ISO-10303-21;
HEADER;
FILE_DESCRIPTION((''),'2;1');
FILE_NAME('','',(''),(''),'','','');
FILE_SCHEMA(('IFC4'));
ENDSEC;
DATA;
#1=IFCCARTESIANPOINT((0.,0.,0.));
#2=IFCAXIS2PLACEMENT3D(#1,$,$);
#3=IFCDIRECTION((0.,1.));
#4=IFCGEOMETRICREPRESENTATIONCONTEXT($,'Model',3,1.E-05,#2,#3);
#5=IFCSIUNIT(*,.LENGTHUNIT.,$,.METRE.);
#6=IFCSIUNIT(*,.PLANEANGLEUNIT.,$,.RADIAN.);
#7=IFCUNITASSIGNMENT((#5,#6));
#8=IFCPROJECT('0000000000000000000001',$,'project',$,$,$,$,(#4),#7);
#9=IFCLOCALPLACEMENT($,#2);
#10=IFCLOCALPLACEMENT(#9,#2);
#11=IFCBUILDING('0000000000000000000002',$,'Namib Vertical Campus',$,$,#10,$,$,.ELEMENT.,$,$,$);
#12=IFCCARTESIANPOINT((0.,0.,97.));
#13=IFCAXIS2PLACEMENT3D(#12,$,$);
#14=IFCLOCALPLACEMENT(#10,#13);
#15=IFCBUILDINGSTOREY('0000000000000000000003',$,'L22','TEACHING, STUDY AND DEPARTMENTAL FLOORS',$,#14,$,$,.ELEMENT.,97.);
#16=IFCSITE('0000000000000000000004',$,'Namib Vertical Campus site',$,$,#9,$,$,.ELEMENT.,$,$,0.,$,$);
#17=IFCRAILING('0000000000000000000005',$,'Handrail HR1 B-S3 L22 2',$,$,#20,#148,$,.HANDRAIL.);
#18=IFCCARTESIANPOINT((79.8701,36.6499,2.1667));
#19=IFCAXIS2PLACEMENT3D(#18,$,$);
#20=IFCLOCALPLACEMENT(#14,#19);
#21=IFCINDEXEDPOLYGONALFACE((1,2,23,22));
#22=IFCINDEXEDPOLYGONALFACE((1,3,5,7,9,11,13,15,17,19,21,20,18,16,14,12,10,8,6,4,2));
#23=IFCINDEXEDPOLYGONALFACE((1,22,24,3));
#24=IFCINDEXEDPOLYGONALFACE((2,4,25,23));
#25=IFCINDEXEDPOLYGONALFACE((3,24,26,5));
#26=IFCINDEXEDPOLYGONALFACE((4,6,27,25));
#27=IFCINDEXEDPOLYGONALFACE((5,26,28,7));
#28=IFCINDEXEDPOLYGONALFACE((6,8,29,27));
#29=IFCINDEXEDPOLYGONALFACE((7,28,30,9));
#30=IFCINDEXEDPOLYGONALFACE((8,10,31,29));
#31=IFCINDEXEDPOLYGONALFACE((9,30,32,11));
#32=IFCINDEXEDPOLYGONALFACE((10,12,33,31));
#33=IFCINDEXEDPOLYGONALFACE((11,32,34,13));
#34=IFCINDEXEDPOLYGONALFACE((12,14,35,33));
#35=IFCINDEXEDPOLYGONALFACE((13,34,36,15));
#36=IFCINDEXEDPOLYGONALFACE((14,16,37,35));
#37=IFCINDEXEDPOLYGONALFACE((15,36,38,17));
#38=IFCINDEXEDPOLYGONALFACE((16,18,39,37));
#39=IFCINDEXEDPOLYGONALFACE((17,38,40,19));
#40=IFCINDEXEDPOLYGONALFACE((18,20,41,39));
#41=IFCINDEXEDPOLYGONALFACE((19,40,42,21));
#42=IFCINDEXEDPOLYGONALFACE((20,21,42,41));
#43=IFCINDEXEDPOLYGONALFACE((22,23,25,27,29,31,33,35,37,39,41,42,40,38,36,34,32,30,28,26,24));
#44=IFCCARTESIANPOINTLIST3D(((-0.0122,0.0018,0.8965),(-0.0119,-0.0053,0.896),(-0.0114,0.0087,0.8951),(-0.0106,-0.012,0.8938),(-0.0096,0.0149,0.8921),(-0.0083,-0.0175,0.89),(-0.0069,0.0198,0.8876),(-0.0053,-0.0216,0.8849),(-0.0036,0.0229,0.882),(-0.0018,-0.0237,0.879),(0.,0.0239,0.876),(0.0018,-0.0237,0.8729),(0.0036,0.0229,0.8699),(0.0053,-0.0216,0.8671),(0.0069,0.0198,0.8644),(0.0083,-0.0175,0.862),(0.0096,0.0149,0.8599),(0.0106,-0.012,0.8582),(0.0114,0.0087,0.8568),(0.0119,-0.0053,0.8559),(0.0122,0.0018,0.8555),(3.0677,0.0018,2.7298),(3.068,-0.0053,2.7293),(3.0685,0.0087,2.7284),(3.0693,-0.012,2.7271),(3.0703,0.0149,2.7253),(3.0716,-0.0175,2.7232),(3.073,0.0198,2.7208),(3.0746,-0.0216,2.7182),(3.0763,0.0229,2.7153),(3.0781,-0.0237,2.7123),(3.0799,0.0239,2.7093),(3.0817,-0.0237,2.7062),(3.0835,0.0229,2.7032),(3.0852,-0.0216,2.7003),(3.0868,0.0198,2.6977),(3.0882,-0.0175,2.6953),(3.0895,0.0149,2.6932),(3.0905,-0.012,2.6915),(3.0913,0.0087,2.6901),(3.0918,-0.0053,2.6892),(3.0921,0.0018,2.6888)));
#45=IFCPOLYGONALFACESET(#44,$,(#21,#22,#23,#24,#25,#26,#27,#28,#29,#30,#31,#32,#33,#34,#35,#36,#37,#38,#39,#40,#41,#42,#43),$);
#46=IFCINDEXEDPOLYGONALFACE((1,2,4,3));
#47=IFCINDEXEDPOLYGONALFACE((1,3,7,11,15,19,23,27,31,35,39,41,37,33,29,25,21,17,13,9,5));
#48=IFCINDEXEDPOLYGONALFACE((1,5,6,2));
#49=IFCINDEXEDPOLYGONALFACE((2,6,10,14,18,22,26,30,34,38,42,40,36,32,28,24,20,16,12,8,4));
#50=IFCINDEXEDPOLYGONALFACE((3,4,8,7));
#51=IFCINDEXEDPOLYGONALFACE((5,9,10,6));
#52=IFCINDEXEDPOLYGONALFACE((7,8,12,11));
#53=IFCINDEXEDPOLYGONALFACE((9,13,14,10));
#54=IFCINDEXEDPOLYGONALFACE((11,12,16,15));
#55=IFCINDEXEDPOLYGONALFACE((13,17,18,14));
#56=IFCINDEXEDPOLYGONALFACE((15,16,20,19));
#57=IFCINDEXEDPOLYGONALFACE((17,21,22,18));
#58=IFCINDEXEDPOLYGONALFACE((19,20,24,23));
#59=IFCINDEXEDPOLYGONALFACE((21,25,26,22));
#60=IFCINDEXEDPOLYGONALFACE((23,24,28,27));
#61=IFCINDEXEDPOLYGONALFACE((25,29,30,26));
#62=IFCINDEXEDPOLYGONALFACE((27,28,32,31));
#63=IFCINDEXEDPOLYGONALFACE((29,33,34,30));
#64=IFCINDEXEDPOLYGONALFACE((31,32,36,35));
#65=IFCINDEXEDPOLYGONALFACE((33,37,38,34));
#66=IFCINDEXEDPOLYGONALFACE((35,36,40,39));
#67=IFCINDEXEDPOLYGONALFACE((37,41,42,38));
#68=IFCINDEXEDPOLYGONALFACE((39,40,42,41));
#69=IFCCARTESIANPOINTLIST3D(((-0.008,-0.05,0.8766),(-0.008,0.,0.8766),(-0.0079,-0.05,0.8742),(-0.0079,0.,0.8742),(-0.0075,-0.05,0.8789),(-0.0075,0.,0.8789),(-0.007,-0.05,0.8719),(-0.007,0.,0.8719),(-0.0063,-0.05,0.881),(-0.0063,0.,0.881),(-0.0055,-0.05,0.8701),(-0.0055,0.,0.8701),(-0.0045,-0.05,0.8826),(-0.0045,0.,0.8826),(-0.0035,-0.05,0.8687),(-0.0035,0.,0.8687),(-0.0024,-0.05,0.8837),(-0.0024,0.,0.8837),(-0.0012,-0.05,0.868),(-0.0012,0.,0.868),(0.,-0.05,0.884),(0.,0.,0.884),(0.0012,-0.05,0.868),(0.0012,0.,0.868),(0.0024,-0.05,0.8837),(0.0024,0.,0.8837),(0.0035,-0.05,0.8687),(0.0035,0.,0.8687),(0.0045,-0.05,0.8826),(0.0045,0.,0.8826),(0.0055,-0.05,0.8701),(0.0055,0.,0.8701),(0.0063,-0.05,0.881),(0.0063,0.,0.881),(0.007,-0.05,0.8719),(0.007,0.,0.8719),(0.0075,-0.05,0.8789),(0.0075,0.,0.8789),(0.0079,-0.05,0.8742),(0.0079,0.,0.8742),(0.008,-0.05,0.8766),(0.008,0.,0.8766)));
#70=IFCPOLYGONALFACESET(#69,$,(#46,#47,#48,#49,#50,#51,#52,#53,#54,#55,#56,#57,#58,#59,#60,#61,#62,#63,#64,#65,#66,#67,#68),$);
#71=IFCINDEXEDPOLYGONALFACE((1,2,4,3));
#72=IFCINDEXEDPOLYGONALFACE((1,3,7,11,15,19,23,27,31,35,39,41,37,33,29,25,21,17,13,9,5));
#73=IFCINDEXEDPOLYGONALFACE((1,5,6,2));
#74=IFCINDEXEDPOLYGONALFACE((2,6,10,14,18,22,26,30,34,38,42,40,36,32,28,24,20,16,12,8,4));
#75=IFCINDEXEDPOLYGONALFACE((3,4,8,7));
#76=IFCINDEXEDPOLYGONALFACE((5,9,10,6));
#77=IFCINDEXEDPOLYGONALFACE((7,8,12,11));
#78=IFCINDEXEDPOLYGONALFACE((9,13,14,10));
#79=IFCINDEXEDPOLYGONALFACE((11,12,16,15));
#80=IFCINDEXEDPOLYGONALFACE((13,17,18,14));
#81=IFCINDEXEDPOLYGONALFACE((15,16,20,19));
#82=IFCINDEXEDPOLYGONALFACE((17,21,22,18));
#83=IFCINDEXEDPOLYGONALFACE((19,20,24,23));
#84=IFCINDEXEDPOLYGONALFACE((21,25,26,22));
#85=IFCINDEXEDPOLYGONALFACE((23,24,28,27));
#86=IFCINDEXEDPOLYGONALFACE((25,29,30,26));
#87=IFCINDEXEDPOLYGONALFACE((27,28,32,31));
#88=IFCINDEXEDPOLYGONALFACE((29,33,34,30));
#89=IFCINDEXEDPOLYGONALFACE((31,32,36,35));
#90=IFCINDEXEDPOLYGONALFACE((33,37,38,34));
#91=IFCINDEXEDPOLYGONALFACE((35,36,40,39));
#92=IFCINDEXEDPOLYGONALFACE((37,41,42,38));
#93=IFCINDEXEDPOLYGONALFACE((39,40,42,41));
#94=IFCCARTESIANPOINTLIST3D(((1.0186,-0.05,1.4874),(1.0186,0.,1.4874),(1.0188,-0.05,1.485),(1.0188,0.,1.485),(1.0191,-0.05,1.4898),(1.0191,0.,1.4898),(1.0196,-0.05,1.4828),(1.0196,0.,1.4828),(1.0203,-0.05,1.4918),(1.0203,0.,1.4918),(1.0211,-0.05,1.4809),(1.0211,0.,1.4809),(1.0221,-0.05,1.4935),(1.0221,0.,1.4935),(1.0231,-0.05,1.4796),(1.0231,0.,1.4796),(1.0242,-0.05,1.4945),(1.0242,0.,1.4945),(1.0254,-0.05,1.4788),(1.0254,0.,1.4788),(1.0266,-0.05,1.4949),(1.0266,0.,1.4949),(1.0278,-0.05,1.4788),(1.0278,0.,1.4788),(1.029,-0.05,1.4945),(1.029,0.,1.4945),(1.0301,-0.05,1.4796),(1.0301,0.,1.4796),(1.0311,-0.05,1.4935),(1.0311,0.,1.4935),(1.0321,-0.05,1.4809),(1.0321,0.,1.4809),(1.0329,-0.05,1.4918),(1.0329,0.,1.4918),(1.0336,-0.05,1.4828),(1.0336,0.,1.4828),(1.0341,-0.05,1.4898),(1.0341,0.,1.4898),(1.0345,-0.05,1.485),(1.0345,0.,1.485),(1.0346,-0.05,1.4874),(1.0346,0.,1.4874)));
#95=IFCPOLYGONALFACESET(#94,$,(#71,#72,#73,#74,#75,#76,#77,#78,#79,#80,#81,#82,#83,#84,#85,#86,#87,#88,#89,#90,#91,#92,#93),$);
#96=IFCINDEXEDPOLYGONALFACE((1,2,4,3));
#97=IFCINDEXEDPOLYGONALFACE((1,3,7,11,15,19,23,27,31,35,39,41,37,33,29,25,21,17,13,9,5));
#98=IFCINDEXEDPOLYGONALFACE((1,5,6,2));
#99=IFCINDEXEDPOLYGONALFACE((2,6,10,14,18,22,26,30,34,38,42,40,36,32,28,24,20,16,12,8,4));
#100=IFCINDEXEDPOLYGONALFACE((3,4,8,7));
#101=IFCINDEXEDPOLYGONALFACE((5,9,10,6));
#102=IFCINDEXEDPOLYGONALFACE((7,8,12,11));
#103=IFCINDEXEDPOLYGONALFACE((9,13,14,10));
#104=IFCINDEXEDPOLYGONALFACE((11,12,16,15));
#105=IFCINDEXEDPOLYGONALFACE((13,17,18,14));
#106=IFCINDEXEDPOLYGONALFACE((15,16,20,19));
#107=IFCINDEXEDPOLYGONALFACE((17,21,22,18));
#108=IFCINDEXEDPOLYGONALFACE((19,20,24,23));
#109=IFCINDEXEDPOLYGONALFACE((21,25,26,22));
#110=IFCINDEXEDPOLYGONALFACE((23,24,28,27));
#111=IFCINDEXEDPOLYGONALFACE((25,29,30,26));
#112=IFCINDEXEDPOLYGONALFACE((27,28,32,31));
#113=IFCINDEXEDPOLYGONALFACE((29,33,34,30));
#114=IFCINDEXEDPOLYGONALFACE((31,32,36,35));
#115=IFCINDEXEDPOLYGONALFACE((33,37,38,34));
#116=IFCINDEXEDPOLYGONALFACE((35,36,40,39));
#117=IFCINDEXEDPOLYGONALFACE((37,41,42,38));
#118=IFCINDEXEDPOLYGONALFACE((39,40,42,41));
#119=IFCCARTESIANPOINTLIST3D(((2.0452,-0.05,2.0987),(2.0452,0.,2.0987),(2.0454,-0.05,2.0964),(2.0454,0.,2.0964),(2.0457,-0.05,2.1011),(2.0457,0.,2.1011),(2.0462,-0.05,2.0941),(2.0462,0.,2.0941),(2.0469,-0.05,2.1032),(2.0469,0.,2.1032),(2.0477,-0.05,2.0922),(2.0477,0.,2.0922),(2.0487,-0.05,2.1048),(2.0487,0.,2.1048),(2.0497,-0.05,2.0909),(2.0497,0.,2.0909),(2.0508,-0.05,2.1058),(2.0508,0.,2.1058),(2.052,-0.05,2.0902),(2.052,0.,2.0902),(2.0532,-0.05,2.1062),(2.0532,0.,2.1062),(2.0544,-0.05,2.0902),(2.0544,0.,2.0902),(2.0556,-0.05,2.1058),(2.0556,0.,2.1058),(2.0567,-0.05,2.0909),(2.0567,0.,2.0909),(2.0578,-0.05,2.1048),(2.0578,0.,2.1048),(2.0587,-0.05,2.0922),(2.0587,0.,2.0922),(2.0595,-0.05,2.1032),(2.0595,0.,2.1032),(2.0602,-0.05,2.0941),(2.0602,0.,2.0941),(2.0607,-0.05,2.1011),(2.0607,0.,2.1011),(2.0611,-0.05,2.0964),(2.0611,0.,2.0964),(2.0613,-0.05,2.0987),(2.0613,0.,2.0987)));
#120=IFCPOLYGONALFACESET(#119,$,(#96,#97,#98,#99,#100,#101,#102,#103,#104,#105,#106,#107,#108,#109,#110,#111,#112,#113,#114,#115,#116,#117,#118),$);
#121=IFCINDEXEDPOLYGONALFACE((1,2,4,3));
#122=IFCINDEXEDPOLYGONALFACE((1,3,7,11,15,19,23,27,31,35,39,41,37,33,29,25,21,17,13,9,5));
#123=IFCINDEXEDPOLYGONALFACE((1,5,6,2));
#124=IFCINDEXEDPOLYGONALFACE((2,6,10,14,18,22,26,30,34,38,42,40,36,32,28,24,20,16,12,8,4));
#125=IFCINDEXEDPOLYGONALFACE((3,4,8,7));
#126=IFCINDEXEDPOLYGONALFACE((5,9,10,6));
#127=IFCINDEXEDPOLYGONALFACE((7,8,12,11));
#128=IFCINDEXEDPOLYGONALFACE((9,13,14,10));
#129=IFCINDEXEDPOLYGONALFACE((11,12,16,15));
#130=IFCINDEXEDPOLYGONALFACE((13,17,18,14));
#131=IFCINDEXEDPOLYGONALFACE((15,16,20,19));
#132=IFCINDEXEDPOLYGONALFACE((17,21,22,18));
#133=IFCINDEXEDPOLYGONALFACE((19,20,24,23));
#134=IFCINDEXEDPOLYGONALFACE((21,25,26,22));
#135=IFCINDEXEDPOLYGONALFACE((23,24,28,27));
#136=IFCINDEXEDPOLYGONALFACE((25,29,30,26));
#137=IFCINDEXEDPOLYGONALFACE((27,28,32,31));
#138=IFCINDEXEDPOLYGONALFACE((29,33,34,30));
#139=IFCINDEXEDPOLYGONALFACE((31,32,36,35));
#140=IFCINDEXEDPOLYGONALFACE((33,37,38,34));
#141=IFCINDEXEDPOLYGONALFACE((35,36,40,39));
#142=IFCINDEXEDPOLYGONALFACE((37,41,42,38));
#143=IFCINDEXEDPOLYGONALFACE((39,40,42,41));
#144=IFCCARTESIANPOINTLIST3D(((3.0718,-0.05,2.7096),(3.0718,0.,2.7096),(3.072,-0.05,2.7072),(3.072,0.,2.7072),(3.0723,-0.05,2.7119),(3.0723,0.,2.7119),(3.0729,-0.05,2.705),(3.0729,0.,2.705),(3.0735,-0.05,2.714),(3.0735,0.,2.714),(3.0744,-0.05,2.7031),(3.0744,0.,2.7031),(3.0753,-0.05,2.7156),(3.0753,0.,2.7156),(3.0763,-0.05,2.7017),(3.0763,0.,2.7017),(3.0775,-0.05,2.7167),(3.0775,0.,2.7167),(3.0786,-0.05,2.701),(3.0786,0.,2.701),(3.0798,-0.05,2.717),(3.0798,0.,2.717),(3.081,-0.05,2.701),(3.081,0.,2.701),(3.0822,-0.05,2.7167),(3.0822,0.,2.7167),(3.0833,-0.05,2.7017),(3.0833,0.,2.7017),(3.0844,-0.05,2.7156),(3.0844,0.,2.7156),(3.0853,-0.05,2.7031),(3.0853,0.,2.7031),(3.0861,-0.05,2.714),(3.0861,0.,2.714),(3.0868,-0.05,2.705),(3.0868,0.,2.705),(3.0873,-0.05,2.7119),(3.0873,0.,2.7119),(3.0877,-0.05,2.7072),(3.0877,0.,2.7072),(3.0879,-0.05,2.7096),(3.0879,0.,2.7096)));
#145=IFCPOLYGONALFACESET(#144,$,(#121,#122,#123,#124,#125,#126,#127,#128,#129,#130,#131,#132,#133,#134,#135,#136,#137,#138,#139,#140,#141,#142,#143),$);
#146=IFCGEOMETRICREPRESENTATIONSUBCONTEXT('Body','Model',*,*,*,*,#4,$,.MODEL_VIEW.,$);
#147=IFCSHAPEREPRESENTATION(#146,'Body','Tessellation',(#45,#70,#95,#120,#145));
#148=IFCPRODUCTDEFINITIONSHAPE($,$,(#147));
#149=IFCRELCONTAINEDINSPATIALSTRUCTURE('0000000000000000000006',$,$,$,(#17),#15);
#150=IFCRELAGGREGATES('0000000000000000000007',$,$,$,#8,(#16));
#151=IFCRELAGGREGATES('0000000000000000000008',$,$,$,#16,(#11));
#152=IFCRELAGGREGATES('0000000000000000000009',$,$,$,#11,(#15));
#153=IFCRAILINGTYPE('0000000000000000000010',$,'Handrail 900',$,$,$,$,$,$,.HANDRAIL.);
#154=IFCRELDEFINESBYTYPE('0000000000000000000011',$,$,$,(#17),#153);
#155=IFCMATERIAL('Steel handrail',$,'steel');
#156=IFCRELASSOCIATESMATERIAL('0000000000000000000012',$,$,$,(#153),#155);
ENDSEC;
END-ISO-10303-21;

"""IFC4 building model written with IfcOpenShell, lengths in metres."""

from ifc_helpers import new_model, si_unit, direction, frame, origin, origin_2d, place, context, subcontext, project, spatial, circle, extrude, material, type_object, element, save


model = new_model("IFC4")

# Units and contexts
model_context = context("Model", 3, precision=1e-05, world=origin(), true_north=direction((0.0, 1.0)))
body_context = subcontext(model_context, "Body", "Model", "MODEL_VIEW")
ifc_project = project(units=[si_unit("LENGTHUNIT", "METRE"), si_unit("PLANEANGLEUNIT", "RADIAN")], contexts=[model_context])

# Site, building, storey
site_placement = place(None, origin())
site = spatial("IfcSite", under=ifc_project, at=site_placement, Name="Namib Vertical Campus site", CompositionType="ELEMENT", RefElevation=0.0)
building_placement = place(site_placement, origin())
building = spatial("IfcBuilding", under=site, at=building_placement, Name="Namib Vertical Campus", CompositionType="ELEMENT")
storey_placement = place(building_placement, frame((0.0, 0.0, 97.0)))
storey = spatial("IfcBuildingStorey", under=building, at=storey_placement, Name="L22", Description="TEACHING, STUDY AND DEPARTMENTAL FLOORS", CompositionType="ELEMENT", Elevation=97.0)

# Railing
ifc_material_1 = material(Name="Steel handrail", Category="steel")
railing_type_1 = type_object("IfcRailingType", Name="Handrail 900", PredefinedType="HANDRAIL", material=ifc_material_1)
railing_1_placement = place(storey_placement, frame((79.8701, 36.6499, 2.1667)))
element("IfcRailing", 1, at=railing_1_placement, inside=storey, type_object=railing_type_1, Name="Handrail HR1 B-S3 L22 2", PredefinedType="HANDRAIL", context=body_context, shape_type="SweptSolid", body=[
    extrude(circle(Radius=0.0239, at=origin_2d()), frame((0.0, 0.0, 0.876), z_axis=(0.859291, 0.0, 0.511487), x_axis=(0.0, 1.0, 0.0)), (0.0, 0.0, 1.0), 3.5842),
    extrude(circle(Radius=0.0081, at=origin_2d()), frame((0.0, 0.0, 0.876), z_axis=(0.0, -1.0, 0.0), x_axis=(0.0, 0.0, 1.0)), (0.0, 0.0, 1.0), 0.05),
    extrude(circle(Radius=0.0081, at=origin_2d()), frame((1.0266, 0.0, 1.4868), z_axis=(0.0, -1.0, 0.0), x_axis=(0.0, 0.0, 1.0)), (0.0, 0.0, 1.0), 0.05),
    extrude(circle(Radius=0.0081, at=origin_2d()), frame((2.0532, 0.0, 2.0981), z_axis=(0.0, -1.0, 0.0), x_axis=(0.0, 0.0, 1.0)), (0.0, 0.0, 1.0), 0.05),
    extrude(circle(Radius=0.0081, at=origin_2d()), frame((3.0798, 0.0, 2.709), z_axis=(0.0, -1.0, 0.0), x_axis=(0.0, 0.0, 1.0)), (0.0, 0.0, 1.0), 0.05),
])

save(model, "model.ifc")
